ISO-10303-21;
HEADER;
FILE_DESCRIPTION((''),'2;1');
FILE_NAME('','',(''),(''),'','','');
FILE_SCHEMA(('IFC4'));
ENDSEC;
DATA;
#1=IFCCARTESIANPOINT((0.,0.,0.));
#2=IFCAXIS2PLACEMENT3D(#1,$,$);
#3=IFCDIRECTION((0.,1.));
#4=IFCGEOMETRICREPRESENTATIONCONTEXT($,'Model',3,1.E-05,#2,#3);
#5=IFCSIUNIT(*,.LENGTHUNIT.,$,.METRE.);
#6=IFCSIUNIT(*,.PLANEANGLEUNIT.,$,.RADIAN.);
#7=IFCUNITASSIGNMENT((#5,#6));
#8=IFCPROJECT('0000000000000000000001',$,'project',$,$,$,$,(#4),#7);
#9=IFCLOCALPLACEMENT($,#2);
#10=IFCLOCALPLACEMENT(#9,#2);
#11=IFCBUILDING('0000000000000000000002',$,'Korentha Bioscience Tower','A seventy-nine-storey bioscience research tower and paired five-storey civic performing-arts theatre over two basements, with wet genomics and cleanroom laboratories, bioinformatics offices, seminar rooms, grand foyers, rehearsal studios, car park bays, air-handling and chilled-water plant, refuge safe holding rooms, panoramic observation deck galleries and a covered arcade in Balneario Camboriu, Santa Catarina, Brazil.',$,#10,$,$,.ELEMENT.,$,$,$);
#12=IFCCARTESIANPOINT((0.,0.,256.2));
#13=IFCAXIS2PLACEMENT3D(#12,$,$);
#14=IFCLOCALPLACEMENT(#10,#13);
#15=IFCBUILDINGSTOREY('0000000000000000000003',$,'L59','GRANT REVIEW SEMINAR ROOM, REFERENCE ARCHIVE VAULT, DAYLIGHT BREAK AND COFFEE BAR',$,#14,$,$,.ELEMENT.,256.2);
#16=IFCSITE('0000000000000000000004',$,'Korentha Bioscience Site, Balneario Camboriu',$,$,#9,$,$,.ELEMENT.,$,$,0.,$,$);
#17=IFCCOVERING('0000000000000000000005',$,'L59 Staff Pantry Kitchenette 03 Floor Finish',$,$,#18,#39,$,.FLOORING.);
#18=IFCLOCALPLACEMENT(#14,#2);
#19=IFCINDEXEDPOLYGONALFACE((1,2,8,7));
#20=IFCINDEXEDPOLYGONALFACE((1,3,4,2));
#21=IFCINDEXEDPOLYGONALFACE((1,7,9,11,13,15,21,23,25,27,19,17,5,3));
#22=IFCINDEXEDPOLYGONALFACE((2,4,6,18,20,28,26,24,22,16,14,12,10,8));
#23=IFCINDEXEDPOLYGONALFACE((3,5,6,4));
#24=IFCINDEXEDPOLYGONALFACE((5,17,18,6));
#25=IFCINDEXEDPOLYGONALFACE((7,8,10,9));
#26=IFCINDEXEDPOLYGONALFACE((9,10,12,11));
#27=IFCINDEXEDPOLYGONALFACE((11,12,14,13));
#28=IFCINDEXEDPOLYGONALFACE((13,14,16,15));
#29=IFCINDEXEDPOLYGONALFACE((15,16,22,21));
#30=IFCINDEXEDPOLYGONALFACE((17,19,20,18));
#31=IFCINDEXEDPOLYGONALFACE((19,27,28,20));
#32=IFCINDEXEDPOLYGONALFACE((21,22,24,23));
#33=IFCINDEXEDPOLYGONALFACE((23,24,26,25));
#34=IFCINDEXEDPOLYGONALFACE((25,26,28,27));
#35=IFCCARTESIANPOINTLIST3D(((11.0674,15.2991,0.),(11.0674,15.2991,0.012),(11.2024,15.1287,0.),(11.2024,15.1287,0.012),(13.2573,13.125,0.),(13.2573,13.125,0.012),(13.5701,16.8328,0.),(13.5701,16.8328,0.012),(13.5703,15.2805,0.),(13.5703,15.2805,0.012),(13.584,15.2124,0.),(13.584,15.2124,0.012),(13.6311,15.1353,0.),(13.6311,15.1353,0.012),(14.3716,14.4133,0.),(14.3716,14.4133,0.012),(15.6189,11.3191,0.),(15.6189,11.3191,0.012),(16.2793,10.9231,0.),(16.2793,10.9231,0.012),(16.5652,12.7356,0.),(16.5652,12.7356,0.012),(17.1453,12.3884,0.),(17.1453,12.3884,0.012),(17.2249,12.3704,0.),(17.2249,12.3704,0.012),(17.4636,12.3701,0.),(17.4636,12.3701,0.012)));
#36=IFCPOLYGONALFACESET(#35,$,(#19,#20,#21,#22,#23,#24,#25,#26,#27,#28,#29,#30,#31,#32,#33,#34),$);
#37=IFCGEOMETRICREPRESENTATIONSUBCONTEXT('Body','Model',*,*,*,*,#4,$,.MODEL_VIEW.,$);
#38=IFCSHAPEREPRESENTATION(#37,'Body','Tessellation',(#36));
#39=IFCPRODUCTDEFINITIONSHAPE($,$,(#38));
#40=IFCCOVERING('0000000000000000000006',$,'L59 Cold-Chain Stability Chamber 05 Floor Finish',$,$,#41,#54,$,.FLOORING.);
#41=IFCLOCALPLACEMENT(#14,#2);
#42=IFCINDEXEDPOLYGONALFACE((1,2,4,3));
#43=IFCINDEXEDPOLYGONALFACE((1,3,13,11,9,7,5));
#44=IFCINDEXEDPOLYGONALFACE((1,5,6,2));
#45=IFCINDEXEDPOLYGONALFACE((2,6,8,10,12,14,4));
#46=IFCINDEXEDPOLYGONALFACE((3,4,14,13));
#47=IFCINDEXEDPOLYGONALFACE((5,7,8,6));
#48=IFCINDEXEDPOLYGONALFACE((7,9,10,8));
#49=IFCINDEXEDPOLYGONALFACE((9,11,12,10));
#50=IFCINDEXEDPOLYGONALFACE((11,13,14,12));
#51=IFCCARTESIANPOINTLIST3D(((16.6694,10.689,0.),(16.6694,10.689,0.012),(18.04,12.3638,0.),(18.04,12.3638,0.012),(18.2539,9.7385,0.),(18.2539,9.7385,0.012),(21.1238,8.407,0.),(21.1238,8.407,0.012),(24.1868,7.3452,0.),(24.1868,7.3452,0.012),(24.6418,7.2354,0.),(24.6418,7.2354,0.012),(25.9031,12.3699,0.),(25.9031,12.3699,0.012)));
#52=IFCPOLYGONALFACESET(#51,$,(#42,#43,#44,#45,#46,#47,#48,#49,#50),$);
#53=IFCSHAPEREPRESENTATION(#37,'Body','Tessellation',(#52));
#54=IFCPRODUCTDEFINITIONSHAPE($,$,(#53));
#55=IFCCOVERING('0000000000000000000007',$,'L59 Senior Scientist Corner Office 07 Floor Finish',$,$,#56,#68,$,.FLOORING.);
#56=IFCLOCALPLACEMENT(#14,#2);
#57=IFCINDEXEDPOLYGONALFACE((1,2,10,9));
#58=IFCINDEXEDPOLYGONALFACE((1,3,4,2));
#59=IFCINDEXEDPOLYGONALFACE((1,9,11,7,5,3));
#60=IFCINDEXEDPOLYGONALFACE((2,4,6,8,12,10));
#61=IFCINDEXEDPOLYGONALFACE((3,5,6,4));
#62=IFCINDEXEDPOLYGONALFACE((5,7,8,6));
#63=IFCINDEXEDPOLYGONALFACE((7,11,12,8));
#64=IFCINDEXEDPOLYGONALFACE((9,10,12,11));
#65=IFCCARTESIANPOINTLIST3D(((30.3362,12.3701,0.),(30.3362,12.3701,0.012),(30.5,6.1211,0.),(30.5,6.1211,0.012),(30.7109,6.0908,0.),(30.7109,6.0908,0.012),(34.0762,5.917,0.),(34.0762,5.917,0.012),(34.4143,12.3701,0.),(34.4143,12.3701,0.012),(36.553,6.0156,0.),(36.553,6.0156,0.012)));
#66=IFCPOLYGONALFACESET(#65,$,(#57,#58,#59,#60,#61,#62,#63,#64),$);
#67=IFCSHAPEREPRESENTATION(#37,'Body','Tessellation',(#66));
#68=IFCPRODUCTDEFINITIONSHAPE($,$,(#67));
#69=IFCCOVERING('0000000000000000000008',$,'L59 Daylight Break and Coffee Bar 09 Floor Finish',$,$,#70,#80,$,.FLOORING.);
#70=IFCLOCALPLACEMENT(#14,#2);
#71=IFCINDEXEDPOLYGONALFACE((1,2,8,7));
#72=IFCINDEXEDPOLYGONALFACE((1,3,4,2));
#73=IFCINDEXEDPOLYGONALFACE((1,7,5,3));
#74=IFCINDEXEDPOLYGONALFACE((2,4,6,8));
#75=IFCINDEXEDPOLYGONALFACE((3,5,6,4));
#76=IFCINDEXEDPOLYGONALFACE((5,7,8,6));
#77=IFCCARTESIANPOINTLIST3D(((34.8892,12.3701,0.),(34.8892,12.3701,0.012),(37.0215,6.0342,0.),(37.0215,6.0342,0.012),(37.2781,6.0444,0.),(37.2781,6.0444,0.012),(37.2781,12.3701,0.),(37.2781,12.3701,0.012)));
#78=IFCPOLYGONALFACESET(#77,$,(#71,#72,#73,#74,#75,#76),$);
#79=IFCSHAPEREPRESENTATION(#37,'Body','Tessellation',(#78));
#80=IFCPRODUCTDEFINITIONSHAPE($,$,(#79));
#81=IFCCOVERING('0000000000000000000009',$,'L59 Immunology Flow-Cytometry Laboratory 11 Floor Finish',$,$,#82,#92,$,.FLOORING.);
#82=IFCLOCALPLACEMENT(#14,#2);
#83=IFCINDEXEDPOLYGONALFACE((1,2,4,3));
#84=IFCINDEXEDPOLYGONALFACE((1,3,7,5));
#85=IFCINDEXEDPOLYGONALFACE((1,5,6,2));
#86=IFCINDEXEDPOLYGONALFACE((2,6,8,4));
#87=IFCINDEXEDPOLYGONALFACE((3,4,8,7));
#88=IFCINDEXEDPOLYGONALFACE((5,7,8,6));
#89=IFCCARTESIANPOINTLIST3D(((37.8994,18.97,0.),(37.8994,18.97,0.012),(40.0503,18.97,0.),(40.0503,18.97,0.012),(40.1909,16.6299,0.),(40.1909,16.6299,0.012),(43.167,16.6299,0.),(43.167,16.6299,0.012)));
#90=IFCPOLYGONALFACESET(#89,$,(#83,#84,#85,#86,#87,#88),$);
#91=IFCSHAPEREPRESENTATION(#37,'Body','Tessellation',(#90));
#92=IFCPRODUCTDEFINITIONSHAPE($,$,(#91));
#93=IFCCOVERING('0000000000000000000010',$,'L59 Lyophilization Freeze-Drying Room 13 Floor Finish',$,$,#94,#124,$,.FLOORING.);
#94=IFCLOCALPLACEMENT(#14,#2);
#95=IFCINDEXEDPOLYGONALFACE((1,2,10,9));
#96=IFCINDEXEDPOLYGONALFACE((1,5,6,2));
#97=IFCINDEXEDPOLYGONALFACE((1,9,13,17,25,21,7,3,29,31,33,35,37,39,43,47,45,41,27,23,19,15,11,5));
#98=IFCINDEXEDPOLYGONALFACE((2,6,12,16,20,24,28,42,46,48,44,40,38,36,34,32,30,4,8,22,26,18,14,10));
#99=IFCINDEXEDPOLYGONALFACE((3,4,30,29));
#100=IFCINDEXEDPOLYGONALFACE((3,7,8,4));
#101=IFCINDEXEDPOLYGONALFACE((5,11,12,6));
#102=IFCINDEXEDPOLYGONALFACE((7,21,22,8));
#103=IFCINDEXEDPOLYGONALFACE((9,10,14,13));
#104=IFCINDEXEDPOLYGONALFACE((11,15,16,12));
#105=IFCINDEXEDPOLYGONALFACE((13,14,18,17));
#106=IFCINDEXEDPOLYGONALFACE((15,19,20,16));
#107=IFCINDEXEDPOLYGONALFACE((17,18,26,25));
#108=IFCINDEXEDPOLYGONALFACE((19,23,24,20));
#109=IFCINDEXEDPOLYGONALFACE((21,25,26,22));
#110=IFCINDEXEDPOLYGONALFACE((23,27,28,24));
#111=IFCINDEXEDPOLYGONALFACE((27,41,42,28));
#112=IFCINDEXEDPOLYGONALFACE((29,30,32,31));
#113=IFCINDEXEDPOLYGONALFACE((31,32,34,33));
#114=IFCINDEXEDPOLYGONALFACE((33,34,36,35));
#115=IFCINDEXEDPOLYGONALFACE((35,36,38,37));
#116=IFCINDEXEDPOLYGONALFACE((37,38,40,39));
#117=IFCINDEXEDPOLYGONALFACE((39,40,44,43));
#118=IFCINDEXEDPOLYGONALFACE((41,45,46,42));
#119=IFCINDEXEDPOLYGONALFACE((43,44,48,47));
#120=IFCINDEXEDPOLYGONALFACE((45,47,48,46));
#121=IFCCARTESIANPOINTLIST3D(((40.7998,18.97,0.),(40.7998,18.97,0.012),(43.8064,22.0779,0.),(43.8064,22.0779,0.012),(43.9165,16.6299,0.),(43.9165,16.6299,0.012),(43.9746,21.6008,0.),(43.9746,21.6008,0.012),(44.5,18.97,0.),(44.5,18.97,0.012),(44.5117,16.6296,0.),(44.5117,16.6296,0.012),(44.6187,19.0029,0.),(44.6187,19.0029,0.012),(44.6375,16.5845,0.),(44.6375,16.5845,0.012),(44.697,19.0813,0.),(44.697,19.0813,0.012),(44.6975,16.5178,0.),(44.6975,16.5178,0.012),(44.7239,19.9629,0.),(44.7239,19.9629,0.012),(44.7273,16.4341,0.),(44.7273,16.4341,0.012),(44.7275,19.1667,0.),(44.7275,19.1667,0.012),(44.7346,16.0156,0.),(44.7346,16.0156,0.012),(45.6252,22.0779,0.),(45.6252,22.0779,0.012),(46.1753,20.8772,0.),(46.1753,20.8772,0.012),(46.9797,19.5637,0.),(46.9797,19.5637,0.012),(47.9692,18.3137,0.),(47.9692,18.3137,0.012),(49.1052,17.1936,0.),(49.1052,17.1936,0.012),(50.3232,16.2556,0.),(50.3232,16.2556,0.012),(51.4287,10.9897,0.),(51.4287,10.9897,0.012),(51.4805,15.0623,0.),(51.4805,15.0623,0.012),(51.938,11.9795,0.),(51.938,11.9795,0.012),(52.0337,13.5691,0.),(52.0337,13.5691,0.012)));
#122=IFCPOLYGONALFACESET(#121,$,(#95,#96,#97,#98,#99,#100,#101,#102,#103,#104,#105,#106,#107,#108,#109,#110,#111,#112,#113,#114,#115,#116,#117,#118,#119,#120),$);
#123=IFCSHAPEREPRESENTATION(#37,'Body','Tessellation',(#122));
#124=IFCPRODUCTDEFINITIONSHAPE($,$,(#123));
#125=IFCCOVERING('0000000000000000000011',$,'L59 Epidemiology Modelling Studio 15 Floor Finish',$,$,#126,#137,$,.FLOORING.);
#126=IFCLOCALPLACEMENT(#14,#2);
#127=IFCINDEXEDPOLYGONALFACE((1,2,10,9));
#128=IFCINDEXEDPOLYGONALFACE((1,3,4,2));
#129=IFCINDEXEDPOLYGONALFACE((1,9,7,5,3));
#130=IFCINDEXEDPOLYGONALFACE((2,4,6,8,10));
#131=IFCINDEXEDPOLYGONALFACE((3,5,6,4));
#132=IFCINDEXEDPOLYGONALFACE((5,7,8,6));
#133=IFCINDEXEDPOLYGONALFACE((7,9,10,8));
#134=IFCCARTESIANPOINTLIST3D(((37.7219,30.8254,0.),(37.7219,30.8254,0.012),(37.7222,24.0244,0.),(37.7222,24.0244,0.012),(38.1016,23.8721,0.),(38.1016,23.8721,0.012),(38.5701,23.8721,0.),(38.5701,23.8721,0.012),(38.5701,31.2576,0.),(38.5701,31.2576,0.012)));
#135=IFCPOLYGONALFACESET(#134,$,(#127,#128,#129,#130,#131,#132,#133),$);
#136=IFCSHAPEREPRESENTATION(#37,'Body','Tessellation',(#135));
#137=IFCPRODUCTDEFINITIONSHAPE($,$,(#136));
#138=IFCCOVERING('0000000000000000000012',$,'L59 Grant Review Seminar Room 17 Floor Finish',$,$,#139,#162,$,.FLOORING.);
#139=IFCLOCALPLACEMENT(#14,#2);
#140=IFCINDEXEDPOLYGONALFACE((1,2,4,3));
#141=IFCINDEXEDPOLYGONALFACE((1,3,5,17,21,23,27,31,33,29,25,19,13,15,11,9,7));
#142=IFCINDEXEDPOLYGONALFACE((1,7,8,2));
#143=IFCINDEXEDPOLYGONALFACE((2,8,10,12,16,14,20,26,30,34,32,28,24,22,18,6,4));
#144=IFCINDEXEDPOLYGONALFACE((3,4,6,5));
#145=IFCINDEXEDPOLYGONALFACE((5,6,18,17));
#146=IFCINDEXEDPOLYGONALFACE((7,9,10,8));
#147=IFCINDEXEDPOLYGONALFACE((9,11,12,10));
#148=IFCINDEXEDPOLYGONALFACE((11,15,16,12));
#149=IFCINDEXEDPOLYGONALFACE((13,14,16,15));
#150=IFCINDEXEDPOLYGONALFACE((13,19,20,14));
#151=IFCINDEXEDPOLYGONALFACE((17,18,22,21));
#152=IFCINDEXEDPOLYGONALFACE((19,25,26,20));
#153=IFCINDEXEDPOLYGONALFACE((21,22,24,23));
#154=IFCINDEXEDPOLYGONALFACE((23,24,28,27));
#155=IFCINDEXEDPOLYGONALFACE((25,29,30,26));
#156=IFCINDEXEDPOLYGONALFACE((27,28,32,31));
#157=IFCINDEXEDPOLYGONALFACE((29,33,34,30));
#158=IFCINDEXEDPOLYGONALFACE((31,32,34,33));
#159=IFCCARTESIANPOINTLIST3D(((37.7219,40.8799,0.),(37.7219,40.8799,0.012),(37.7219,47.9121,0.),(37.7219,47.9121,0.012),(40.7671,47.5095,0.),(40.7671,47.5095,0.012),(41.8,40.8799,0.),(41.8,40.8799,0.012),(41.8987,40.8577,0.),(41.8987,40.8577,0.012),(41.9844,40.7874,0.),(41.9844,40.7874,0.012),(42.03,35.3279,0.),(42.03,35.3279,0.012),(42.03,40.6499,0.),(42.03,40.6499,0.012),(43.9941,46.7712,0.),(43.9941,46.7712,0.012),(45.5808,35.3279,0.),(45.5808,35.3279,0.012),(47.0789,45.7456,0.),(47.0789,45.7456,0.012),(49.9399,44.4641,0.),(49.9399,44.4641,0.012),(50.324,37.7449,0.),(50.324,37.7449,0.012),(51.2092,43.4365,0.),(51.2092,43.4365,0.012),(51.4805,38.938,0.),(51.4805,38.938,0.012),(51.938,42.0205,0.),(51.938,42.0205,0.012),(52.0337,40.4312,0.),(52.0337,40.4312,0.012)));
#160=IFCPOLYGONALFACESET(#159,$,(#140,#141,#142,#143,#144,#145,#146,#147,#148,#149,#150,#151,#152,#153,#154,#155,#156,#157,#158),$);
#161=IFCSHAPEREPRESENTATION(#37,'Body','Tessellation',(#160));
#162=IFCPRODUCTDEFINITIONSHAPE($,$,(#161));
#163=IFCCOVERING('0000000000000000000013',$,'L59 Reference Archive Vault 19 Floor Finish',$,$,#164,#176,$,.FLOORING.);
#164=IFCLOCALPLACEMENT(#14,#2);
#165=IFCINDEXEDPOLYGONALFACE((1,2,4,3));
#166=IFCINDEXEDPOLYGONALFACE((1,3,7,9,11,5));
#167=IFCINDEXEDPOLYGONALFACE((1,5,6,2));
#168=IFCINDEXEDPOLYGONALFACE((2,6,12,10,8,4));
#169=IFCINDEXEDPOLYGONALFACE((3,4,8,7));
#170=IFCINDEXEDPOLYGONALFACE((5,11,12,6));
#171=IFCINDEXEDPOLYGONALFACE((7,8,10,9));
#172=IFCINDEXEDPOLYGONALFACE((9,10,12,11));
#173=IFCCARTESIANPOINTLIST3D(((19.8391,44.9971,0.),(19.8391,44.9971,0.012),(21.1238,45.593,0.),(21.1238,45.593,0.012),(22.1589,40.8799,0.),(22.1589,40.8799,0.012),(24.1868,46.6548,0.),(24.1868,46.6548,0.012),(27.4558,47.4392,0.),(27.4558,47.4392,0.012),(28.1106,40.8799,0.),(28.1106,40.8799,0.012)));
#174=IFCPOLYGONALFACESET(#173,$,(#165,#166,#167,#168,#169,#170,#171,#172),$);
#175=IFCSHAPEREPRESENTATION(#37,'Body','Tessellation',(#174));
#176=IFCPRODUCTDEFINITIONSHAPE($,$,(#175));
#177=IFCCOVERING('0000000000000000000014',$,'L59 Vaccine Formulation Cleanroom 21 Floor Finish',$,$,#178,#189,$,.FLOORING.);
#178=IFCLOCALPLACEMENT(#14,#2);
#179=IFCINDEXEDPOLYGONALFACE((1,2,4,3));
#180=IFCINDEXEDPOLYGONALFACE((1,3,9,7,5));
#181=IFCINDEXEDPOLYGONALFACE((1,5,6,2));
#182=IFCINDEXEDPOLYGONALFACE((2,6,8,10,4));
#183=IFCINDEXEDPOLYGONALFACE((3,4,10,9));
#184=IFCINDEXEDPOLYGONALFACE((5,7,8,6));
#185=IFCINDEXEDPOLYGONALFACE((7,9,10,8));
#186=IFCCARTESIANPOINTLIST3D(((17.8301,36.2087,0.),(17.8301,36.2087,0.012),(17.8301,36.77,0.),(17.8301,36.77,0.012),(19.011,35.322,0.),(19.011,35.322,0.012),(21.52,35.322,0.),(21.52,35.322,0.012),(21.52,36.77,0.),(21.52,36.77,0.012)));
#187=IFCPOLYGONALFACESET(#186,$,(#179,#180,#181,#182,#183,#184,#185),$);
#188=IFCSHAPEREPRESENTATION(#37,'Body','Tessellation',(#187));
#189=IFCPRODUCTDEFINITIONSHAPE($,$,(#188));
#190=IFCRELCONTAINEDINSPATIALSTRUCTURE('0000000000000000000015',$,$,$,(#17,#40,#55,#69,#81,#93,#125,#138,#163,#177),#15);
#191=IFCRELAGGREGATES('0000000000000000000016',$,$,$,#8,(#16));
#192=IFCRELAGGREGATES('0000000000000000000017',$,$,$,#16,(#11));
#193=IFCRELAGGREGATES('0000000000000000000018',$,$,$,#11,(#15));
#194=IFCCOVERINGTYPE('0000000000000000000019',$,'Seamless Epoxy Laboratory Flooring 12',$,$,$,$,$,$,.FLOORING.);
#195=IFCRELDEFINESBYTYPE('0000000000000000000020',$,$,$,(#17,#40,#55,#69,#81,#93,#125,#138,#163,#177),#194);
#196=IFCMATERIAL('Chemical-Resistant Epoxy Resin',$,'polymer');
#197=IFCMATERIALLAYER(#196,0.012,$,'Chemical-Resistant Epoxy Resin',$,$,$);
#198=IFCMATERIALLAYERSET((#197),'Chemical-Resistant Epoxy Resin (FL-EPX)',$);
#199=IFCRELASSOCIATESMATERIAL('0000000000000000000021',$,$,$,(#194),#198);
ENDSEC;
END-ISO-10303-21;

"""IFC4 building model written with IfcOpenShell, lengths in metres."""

from ifc_helpers import new_model, si_unit, direction, frame, origin, place, context, subcontext, project, spatial, polyline, outline, extrude, material, layer, layer_set, type_object, element, save


model = new_model("IFC4")

# Units and contexts
model_context = context("Model", 3, precision=1e-05, world=origin(), true_north=direction((0.0, 1.0)))
body_context = subcontext(model_context, "Body", "Model", "MODEL_VIEW")
ifc_project = project(units=[si_unit("LENGTHUNIT", "METRE"), si_unit("PLANEANGLEUNIT", "RADIAN")], contexts=[model_context])

# Site, building, storey
site_placement = place(None, origin())
site = spatial("IfcSite", under=ifc_project, at=site_placement, Name="Korentha Bioscience Site, Balneario Camboriu", CompositionType="ELEMENT", RefElevation=0.0)
building_placement = place(site_placement, origin())
building = spatial("IfcBuilding", under=site, at=building_placement, Name="Korentha Bioscience Tower", Description="A seventy-nine-storey bioscience research tower and paired five-storey civic performing-arts theatre over two basements, with wet genomics and cleanroom laboratories, bioinformatics offices, seminar rooms, grand foyers, rehearsal studios, car park bays, air-handling and chilled-water plant, refuge safe holding rooms, panoramic observation deck galleries and a covered arcade in Balneario Camboriu, Santa Catarina, Brazil.", CompositionType="ELEMENT")
storey_placement = place(building_placement, frame((0.0, 0.0, 256.2)))
storey = spatial("IfcBuildingStorey", under=building, at=storey_placement, Name="L59", Description="GRANT REVIEW SEMINAR ROOM, REFERENCE ARCHIVE VAULT, DAYLIGHT BREAK AND COFFEE BAR", CompositionType="ELEMENT", Elevation=256.2)

# Coverings
ifc_material_1 = material(Name="Chemical-Resistant Epoxy Resin", Category="polymer")
ifc_layer_1 = layer(ifc_material_1, 0.012, Name="Chemical-Resistant Epoxy Resin")
ifc_layer_set_1 = layer_set([ifc_layer_1], Name="Chemical-Resistant Epoxy Resin (FL-EPX)")
covering_type_1 = type_object("IfcCoveringType", Name="Seamless Epoxy Laboratory Flooring 12", PredefinedType="FLOORING", material=ifc_layer_set_1)
covering_1_placement = place(storey_placement, origin())
element("IfcCovering", 1, at=covering_1_placement, inside=storey, type_object=covering_type_1, Name="L59 Staff Pantry Kitchenette 03 Floor Finish", PredefinedType="FLOORING", context=body_context, shape_type="SweptSolid", body=[
    extrude(outline(polyline([(11.2024, 15.1287), (11.0674, 15.2991), (13.5701, 16.8328), (13.5703, 15.2805), (13.584, 15.2124), (13.6311, 15.1353), (14.3716, 14.4133), (16.5652, 12.7356), (17.1453, 12.3884), (17.2249, 12.3704), (17.4636, 12.3701), (16.2793, 10.9231), (15.6189, 11.3191), (13.2573, 13.125), (11.2024, 15.1287)])), origin(), (0.0, 0.0, 1.0), 0.012),
])
covering_2_placement = place(storey_placement, origin())
element("IfcCovering", 2, at=covering_2_placement, inside=storey, type_object=covering_type_1, Name="L59 Cold-Chain Stability Chamber 05 Floor Finish", PredefinedType="FLOORING", context=body_context, shape_type="SweptSolid", body=[
    extrude(outline(polyline([(18.2539, 9.7385), (16.6694, 10.689), (18.04, 12.3638), (25.9031, 12.3699), (24.6418, 7.2354), (24.1868, 7.3452), (21.1238, 8.407), (18.2539, 9.7385)])), origin(), (0.0, 0.0, 1.0), 0.012),
])
covering_3_placement = place(storey_placement, origin())
element("IfcCovering", 3, at=covering_3_placement, inside=storey, type_object=covering_type_1, Name="L59 Senior Scientist Corner Office 07 Floor Finish", PredefinedType="FLOORING", context=body_context, shape_type="SweptSolid", body=[
    extrude(outline(polyline([(30.3362, 12.3701), (34.4143, 12.3701), (36.553, 6.0156), (34.0762, 5.917), (30.7109, 6.0908), (30.5, 6.1211), (30.3362, 12.3701)])), origin(), (0.0, 0.0, 1.0), 0.012),
])
covering_4_placement = place(storey_placement, origin())
element("IfcCovering", 4, at=covering_4_placement, inside=storey, type_object=covering_type_1, Name="L59 Daylight Break and Coffee Bar 09 Floor Finish", PredefinedType="FLOORING", context=body_context, shape_type="SweptSolid", body=[
    extrude(outline(polyline([(34.8892, 12.3701), (37.2781, 12.3701), (37.2781, 6.0444), (37.0215, 6.0342), (34.8892, 12.3701)])), origin(), (0.0, 0.0, 1.0), 0.012),
])
covering_5_placement = place(storey_placement, origin())
element("IfcCovering", 5, at=covering_5_placement, inside=storey, type_object=covering_type_1, Name="L59 Immunology Flow-Cytometry Laboratory 11 Floor Finish", PredefinedType="FLOORING", context=body_context, shape_type="SweptSolid", body=[
    extrude(outline(polyline([(40.0503, 18.97), (43.167, 16.6299), (40.1909, 16.6299), (37.8994, 18.97), (40.0503, 18.97)])), origin(), (0.0, 0.0, 1.0), 0.012),
])
covering_6_placement = place(storey_placement, origin())
element("IfcCovering", 6, at=covering_6_placement, inside=storey, type_object=covering_type_1, Name="L59 Lyophilization Freeze-Drying Room 13 Floor Finish", PredefinedType="FLOORING", context=body_context, shape_type="SweptSolid", body=[
    extrude(outline(polyline([(40.7998, 18.97), (44.5, 18.97), (44.6187, 19.0029), (44.697, 19.0813), (44.7275, 19.1667), (44.7239, 19.9629), (43.9746, 21.6008), (43.8064, 22.0779), (45.6252, 22.0779), (46.1753, 20.8772), (46.9797, 19.5637), (47.9692, 18.3137), (49.1052, 17.1936), (50.3232, 16.2556), (51.4805, 15.0623), (52.0337, 13.5691), (51.938, 11.9795), (51.4287, 10.9897), (44.7346, 16.0156), (44.7273, 16.4341), (44.6975, 16.5178), (44.6375, 16.5845), (44.5117, 16.6296), (43.9165, 16.6299), (40.7998, 18.97)])), origin(), (0.0, 0.0, 1.0), 0.012),
])
covering_7_placement = place(storey_placement, origin())
element("IfcCovering", 7, at=covering_7_placement, inside=storey, type_object=covering_type_1, Name="L59 Epidemiology Modelling Studio 15 Floor Finish", PredefinedType="FLOORING", context=body_context, shape_type="SweptSolid", body=[
    extrude(outline(polyline([(37.7219, 30.8254), (38.5701, 31.2576), (38.5701, 23.8721), (38.1016, 23.8721), (37.7222, 24.0244), (37.7219, 30.8254)])), origin(), (0.0, 0.0, 1.0), 0.012),
])
covering_8_placement = place(storey_placement, origin())
element("IfcCovering", 8, at=covering_8_placement, inside=storey, type_object=covering_type_1, Name="L59 Grant Review Seminar Room 17 Floor Finish", PredefinedType="FLOORING", context=body_context, shape_type="SweptSolid", body=[
    extrude(outline(polyline([(37.7219, 47.9121), (40.7671, 47.5095), (43.9941, 46.7712), (47.0789, 45.7456), (49.9399, 44.4641), (51.2092, 43.4365), (51.938, 42.0205), (52.0337, 40.4312), (51.4805, 38.938), (50.324, 37.7449), (45.5808, 35.3279), (42.03, 35.3279), (42.03, 40.6499), (41.9844, 40.7874), (41.8987, 40.8577), (41.8, 40.8799), (37.7219, 40.8799), (37.7219, 47.9121)])), origin(), (0.0, 0.0, 1.0), 0.012),
])
covering_9_placement = place(storey_placement, origin())
element("IfcCovering", 9, at=covering_9_placement, inside=storey, type_object=covering_type_1, Name="L59 Reference Archive Vault 19 Floor Finish", PredefinedType="FLOORING", context=body_context, shape_type="SweptSolid", body=[
    extrude(outline(polyline([(19.8391, 44.9971), (21.1238, 45.593), (24.1868, 46.6548), (27.4558, 47.4392), (28.1106, 40.8799), (22.1589, 40.8799), (19.8391, 44.9971)])), origin(), (0.0, 0.0, 1.0), 0.012),
])
covering_10_placement = place(storey_placement, origin())
element("IfcCovering", 10, at=covering_10_placement, inside=storey, type_object=covering_type_1, Name="L59 Vaccine Formulation Cleanroom 21 Floor Finish", PredefinedType="FLOORING", context=body_context, shape_type="SweptSolid", body=[
    extrude(outline(polyline([(17.8301, 36.2087), (17.8301, 36.77), (21.52, 36.77), (21.52, 35.322), (19.011, 35.322), (17.8301, 36.2087)])), origin(), (0.0, 0.0, 1.0), 0.012),
])

save(model, "model.ifc")
